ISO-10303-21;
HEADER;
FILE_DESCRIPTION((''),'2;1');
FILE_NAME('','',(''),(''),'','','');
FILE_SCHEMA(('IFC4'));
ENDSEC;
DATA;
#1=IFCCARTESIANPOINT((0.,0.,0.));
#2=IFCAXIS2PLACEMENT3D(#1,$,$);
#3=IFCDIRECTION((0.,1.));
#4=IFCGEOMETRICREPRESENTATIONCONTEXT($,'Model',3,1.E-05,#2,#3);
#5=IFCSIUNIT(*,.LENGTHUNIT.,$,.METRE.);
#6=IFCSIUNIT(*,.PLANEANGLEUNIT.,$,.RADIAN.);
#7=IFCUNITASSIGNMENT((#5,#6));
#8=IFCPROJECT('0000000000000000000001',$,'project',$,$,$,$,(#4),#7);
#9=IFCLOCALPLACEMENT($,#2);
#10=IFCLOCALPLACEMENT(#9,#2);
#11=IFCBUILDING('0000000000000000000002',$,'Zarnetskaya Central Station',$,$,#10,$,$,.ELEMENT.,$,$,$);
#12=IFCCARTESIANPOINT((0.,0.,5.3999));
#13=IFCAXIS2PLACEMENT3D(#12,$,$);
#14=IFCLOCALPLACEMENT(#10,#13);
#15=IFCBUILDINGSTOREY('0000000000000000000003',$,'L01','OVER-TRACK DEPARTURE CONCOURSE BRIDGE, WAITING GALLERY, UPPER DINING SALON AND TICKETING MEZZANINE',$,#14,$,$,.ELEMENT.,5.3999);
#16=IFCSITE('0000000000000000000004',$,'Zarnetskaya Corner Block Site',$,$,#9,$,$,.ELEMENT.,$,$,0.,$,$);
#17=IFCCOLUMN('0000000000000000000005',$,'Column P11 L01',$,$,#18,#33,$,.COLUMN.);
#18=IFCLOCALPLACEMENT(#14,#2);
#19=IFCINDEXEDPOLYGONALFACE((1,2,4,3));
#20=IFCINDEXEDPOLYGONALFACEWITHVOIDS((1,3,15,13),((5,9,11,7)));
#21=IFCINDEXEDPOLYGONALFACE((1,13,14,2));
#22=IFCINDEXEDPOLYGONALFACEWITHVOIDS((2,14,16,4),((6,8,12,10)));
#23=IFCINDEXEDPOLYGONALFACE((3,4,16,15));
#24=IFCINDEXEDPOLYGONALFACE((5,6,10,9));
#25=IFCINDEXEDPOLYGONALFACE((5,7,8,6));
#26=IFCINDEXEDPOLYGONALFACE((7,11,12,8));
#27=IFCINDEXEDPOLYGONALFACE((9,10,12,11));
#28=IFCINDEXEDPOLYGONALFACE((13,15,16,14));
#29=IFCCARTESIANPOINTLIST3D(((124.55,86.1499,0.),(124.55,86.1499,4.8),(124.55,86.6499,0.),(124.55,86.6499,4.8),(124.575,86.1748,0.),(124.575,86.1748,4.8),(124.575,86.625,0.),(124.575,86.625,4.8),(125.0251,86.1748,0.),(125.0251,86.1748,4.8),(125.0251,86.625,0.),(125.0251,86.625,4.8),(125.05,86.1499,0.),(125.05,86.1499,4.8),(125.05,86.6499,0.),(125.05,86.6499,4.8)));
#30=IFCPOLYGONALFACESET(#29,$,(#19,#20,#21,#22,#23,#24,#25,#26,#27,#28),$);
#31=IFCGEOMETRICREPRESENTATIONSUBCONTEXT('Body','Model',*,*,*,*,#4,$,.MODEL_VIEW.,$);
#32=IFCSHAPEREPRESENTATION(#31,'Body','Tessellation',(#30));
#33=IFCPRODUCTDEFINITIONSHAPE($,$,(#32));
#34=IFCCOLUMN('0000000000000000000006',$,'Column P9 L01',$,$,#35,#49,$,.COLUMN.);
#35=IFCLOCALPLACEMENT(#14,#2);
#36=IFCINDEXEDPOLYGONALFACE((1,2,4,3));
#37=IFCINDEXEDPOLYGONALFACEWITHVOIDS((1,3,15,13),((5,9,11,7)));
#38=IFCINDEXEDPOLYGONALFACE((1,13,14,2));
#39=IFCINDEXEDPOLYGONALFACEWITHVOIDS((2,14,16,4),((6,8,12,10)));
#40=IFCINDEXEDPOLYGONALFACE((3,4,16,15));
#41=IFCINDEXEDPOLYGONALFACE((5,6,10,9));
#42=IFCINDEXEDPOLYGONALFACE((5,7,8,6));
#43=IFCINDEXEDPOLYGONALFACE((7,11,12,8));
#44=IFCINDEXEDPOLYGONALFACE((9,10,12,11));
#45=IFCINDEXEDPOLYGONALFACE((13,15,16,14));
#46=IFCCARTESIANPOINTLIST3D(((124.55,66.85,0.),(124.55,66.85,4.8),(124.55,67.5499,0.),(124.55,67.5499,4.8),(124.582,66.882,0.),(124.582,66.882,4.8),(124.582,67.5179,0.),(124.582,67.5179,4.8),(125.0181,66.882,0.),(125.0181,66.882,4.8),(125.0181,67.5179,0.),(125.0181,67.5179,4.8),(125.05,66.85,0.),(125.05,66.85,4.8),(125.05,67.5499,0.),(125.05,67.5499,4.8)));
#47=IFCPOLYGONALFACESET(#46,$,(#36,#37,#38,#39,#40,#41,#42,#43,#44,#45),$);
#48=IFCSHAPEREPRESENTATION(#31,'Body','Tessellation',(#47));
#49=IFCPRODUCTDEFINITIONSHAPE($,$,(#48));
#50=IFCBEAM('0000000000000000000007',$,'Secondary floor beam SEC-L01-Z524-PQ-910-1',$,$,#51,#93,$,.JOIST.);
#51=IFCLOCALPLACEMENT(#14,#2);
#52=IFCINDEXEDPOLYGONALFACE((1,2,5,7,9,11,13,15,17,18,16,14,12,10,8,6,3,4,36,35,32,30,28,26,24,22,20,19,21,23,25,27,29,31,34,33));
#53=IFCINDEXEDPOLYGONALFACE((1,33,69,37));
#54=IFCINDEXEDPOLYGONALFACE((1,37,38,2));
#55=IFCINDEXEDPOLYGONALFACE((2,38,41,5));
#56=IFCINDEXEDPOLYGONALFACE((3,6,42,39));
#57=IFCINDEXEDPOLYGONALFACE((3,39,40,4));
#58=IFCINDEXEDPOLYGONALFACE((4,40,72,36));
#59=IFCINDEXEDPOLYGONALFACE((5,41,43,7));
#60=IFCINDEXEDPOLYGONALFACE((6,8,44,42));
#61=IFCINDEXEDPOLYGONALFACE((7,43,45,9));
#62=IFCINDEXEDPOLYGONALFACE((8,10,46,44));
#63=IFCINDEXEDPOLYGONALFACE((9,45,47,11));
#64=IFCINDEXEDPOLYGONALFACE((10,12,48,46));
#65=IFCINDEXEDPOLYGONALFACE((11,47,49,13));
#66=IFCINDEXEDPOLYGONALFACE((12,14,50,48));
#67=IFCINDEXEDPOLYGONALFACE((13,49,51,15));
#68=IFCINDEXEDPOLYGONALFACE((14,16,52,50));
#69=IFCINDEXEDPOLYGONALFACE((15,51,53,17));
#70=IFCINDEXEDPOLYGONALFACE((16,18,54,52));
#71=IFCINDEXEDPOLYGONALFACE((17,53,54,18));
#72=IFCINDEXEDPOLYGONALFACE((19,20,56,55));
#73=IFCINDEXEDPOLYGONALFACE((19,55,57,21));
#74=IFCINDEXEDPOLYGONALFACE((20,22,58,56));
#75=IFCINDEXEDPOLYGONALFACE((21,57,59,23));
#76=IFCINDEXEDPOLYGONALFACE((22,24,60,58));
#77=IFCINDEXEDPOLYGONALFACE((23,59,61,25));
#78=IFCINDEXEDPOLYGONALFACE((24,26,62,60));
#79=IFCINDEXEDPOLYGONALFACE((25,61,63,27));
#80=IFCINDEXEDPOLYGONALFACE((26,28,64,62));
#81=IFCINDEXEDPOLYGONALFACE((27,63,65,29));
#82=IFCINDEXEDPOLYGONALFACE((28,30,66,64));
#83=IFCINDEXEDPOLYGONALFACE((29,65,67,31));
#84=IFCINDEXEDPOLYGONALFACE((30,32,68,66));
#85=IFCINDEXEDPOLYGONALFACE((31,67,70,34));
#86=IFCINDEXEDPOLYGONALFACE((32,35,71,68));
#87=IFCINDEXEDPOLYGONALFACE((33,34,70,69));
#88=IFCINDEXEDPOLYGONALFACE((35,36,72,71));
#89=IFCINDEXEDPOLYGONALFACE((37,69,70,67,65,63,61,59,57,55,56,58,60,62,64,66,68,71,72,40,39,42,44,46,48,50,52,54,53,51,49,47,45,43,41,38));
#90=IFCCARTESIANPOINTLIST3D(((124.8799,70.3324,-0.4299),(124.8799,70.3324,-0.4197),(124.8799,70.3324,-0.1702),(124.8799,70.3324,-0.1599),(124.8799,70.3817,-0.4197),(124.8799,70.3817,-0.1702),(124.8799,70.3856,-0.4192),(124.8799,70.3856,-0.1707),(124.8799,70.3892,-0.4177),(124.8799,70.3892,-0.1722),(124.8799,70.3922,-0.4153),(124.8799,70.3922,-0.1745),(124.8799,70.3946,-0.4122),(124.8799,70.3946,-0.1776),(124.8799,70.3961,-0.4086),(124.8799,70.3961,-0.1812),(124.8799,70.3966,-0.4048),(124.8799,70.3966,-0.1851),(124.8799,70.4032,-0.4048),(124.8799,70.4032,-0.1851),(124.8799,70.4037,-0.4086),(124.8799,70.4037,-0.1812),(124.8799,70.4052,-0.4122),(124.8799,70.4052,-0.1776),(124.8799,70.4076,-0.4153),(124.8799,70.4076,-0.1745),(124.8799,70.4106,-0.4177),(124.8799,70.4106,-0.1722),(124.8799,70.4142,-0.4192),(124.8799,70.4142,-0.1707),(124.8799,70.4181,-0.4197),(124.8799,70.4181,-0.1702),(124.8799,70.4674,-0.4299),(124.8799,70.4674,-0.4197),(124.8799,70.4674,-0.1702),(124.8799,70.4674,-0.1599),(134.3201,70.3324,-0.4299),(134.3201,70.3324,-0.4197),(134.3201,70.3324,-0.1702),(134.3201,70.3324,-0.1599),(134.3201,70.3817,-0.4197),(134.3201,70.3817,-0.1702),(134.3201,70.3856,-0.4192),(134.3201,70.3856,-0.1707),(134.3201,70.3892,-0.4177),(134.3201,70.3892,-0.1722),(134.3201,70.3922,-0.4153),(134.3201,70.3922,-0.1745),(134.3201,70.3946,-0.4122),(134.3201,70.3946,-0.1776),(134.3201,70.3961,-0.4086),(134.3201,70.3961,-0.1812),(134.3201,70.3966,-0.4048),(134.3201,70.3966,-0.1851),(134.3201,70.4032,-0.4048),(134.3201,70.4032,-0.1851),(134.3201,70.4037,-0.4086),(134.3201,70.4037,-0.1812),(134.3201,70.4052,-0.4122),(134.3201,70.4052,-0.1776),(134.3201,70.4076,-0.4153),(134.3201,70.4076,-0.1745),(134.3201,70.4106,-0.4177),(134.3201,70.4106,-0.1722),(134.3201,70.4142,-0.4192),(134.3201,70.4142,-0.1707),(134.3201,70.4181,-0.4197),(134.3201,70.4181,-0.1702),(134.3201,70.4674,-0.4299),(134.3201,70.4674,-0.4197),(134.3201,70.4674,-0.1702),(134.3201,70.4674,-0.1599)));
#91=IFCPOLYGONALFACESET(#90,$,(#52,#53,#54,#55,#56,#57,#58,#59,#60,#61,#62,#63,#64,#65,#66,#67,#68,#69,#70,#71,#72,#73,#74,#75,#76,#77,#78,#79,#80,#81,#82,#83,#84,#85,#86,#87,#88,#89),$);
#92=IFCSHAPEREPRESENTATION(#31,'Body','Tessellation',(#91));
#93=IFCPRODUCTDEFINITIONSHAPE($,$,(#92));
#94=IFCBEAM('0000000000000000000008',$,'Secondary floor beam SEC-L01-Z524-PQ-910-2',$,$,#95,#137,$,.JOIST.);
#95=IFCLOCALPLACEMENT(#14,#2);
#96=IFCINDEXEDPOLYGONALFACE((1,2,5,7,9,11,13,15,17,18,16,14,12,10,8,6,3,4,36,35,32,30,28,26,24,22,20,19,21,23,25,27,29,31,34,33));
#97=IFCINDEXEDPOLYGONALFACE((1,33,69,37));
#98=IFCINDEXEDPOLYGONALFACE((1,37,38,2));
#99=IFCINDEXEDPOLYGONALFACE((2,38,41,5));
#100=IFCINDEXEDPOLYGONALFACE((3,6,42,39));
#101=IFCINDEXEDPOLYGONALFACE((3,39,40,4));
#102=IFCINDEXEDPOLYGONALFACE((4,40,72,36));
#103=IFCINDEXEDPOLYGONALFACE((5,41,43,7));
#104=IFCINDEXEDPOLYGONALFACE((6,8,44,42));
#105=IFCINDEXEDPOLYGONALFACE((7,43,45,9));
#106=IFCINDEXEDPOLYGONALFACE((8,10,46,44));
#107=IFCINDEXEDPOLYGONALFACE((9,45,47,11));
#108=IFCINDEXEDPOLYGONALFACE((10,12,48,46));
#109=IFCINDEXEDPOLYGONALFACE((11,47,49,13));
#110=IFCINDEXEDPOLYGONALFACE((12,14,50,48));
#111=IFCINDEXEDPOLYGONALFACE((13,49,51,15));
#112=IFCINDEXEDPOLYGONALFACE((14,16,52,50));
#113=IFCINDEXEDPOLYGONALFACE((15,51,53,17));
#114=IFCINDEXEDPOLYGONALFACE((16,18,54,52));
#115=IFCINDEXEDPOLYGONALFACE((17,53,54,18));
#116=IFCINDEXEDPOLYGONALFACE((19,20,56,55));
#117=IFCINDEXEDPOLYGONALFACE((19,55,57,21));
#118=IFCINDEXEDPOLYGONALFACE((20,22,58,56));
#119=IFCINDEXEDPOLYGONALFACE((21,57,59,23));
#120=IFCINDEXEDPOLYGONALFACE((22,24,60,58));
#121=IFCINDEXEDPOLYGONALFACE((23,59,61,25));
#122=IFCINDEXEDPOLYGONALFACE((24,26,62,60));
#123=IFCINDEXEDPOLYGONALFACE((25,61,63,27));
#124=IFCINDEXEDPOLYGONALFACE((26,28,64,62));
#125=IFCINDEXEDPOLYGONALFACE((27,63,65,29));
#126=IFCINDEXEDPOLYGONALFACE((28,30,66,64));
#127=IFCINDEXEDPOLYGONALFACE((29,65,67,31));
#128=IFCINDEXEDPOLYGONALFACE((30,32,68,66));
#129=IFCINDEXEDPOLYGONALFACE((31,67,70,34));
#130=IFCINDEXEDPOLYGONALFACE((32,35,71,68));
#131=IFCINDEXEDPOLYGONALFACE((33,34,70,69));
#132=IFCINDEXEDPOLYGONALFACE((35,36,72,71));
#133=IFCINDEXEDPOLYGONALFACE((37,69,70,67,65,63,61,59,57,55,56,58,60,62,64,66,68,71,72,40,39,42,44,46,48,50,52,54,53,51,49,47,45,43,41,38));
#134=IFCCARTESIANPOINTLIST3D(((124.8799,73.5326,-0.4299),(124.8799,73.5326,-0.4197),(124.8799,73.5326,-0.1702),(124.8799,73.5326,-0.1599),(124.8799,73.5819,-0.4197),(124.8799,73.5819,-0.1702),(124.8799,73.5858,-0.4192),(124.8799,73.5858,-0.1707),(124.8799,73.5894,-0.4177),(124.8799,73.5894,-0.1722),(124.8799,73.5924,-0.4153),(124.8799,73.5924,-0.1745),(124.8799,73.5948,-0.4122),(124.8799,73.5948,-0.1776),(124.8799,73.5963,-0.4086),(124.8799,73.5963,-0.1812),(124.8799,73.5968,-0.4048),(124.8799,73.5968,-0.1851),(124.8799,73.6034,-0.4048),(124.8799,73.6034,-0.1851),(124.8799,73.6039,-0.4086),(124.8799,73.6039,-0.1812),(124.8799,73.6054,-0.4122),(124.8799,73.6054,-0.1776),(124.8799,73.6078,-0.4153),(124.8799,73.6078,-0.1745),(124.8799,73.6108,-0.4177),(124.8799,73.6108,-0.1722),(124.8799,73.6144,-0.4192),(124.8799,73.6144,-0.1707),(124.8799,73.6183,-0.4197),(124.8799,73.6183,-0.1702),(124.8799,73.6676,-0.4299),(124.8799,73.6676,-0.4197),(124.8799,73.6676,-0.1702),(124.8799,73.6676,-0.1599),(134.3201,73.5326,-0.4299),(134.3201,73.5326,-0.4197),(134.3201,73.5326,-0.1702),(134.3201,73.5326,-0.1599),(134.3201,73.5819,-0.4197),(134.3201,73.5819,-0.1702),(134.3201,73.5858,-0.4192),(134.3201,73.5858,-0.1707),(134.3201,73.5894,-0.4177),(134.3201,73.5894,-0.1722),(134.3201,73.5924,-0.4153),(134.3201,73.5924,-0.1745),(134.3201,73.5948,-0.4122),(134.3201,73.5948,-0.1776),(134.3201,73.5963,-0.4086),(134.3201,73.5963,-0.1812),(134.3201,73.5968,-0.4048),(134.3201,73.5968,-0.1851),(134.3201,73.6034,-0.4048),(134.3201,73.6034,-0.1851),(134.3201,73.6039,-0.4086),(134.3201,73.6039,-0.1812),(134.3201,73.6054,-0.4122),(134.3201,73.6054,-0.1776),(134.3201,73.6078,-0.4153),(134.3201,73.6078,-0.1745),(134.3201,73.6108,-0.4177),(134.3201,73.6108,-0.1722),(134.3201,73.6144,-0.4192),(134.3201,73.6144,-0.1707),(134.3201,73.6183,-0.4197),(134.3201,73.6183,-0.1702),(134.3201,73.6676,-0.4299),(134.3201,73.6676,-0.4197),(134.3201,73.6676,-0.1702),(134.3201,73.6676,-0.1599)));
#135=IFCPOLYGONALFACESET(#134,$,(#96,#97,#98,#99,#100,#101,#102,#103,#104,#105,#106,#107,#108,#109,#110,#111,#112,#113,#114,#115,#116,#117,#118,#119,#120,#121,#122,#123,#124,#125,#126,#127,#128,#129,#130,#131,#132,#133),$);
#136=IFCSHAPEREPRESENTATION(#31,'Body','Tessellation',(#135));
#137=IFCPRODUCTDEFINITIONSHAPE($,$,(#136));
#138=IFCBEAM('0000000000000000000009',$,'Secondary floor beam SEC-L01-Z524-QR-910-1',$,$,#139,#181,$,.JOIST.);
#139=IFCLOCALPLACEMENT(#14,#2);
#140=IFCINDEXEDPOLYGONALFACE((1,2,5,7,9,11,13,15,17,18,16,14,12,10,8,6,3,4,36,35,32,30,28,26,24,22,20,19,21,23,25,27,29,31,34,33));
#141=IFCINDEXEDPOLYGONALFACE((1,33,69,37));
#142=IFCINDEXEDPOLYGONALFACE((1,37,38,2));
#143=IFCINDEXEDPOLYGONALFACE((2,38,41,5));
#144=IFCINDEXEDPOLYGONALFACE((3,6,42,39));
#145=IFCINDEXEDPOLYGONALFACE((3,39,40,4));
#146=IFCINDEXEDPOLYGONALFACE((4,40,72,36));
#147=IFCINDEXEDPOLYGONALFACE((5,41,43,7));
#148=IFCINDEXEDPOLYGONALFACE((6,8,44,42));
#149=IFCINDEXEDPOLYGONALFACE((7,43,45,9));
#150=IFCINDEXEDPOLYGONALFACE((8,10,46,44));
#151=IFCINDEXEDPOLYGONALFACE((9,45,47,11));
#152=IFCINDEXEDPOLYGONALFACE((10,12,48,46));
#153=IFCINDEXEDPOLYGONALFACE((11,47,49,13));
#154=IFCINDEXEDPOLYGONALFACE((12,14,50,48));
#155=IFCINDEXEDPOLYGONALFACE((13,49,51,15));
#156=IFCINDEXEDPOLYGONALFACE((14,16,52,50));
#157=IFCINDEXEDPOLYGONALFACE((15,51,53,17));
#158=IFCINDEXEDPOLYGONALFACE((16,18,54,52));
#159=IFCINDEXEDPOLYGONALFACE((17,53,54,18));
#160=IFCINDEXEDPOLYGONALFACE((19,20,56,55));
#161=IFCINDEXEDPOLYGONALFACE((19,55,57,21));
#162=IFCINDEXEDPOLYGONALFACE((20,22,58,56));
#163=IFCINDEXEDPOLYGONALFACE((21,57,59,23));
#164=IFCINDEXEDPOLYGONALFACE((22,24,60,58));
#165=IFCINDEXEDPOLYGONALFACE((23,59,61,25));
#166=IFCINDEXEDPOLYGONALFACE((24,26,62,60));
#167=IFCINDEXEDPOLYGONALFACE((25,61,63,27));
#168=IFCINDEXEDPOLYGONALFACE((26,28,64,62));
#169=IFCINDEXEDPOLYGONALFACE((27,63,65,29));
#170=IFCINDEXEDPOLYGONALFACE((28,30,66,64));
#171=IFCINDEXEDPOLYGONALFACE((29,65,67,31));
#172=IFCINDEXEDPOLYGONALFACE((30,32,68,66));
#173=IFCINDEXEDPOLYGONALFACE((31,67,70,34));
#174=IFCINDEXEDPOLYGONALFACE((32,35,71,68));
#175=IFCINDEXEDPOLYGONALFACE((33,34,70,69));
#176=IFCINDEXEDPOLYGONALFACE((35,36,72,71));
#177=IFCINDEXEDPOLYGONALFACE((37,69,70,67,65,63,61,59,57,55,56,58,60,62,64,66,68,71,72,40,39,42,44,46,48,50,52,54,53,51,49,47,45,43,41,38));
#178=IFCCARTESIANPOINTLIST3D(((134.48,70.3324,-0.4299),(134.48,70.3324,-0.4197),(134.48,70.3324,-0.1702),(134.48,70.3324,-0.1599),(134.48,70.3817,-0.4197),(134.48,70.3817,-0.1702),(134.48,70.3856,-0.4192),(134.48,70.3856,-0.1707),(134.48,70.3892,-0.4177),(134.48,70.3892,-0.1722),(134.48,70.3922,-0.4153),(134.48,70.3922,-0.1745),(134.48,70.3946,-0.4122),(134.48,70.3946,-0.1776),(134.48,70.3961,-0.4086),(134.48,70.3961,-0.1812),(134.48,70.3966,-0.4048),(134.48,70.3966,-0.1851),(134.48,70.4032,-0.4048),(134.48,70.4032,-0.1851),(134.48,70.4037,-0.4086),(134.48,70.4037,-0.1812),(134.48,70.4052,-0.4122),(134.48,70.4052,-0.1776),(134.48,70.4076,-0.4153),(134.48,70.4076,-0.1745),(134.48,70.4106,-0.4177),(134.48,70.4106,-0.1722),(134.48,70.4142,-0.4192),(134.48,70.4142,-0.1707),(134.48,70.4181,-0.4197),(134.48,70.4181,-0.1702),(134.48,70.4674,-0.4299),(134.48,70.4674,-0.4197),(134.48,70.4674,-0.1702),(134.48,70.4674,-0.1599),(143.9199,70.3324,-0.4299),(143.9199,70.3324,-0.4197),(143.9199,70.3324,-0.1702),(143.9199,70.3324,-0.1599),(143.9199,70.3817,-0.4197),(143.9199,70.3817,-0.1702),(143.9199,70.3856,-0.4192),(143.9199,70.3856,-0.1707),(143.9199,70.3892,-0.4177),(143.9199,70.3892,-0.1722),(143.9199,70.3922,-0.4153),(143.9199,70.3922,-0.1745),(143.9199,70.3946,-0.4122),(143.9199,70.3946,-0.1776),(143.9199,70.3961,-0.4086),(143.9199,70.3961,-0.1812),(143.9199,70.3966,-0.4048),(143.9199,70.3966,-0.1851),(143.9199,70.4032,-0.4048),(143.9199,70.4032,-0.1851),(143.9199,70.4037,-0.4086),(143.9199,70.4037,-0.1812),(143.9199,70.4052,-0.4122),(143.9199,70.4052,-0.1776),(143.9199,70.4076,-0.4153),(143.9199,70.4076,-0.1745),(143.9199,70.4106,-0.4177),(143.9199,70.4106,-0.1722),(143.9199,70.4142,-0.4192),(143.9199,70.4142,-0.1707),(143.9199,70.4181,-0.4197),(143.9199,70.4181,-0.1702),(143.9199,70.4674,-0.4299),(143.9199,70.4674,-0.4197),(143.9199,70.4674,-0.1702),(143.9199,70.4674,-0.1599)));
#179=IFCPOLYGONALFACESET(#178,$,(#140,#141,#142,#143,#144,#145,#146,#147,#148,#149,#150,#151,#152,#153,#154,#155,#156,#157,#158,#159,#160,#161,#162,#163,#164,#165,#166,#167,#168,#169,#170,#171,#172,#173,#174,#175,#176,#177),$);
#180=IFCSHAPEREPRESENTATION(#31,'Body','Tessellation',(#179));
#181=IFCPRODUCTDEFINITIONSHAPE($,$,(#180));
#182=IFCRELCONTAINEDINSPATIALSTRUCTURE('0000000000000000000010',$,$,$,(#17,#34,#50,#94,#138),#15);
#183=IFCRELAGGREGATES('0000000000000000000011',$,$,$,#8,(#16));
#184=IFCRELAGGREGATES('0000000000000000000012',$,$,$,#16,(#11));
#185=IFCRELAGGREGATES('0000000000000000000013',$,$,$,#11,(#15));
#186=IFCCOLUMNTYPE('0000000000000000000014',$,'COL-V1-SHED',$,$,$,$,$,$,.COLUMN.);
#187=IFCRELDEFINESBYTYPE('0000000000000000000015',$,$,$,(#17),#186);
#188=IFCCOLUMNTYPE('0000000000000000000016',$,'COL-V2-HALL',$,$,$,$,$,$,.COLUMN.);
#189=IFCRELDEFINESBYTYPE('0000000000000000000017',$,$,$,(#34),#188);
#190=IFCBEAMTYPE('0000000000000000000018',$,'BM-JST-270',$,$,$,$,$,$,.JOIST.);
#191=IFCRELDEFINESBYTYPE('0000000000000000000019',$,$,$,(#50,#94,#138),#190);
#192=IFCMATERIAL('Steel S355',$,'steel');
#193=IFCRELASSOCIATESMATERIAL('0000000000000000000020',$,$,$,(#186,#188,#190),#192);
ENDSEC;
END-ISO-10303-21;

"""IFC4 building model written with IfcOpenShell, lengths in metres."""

from ifc_helpers import new_model, si_unit, direction, frame, origin, origin_2d, place, context, subcontext, project, spatial, hollow_rectangle, i_section, extrude, material, material_profile, profile_set, type_object, element, save


model = new_model("IFC4")

# Units and contexts
model_context = context("Model", 3, precision=1e-05, world=origin(), true_north=direction((0.0, 1.0)))
body_context = subcontext(model_context, "Body", "Model", "MODEL_VIEW")
ifc_project = project(units=[si_unit("LENGTHUNIT", "METRE"), si_unit("PLANEANGLEUNIT", "RADIAN")], contexts=[model_context])

# Site, building, storey
site_placement = place(None, origin())
site = spatial("IfcSite", under=ifc_project, at=site_placement, Name="Zarnetskaya Corner Block Site", CompositionType="ELEMENT", RefElevation=0.0)
building_placement = place(site_placement, origin())
building = spatial("IfcBuilding", under=site, at=building_placement, Name="Zarnetskaya Central Station", CompositionType="ELEMENT")
storey_placement = place(building_placement, frame((0.0, 0.0, 5.3999)))
storey = spatial("IfcBuildingStorey", under=building, at=storey_placement, Name="L01", Description="OVER-TRACK DEPARTURE CONCOURSE BRIDGE, WAITING GALLERY, UPPER DINING SALON AND TICKETING MEZZANINE", CompositionType="ELEMENT", Elevation=5.3999)

# Columns
ifc_material_1 = material(Name="Steel S355", Category="steel")
ifc_material_profile_1 = material_profile(ifc_material_1, hollow_rectangle(XDim=0.5, YDim=0.5, WallThickness=0.0249, at=origin_2d()), Name="BOX 500x500x25")
ifc_profile_set_1 = profile_set([ifc_material_profile_1], Name="Steel S355")
column_type_1 = type_object("IfcColumnType", Name="COL-V1-SHED", PredefinedType="COLUMN", material=ifc_profile_set_1)
column_1_placement = place(storey_placement, frame((124.8, 86.3999, 0.0), z_axis=(0.0, 0.0, 1.0), x_axis=(1.0, 0.0, 0.0)))
element("IfcColumn", 1, at=column_1_placement, inside=storey, type_object=column_type_1, Name="Column P11 L01", PredefinedType="COLUMN", context=body_context, shape_type="SweptSolid", body=[
    extrude(hollow_rectangle(XDim=0.5, YDim=0.5, WallThickness=0.0249, at=origin_2d()), origin(), (0.0, 0.0, 1.0), 4.8),
])
ifc_material_profile_2 = material_profile(ifc_material_1, hollow_rectangle(XDim=0.5, YDim=0.7, WallThickness=0.032, at=origin_2d()), Name="BOX 700x500x32")
ifc_profile_set_2 = profile_set([ifc_material_profile_2], Name="Steel S355")
column_type_2 = type_object("IfcColumnType", Name="COL-V2-HALL", PredefinedType="COLUMN", material=ifc_profile_set_2)
column_2_placement = place(storey_placement, frame((124.8, 67.2, 0.0), z_axis=(0.0, 0.0, 1.0), x_axis=(1.0, 0.0, 0.0)))
element("IfcColumn", 2, at=column_2_placement, inside=storey, type_object=column_type_2, Name="Column P9 L01", PredefinedType="COLUMN", context=body_context, shape_type="SweptSolid", body=[
    extrude(hollow_rectangle(XDim=0.5, YDim=0.7, WallThickness=0.032, at=origin_2d()), origin(), (0.0, 0.0, 1.0), 4.8),
])

# Beams
ifc_material_profile_3 = material_profile(ifc_material_1, i_section(OverallWidth=0.135, OverallDepth=0.27, WebThickness=0.0066, FlangeThickness=0.0103, FilletRadius=0.0149, at=origin_2d()), Name="IPE 270")
ifc_profile_set_3 = profile_set([ifc_material_profile_3], Name="Steel S355")
beam_type_1 = type_object("IfcBeamType", Name="BM-JST-270", PredefinedType="JOIST", material=ifc_profile_set_3)
for number, where, z_axis, x_axis, name in (
    (3, (124.8799, 70.3999, -0.2949), (1.0, 0.0, 0.0), (0.0, 1.0, 0.0), "Secondary floor beam SEC-L01-Z524-PQ-910-1"),
    (4, (124.8799, 73.6001, -0.2949), (1.0, 0.0, 0.0), (0.0, 1.0, 0.0), "Secondary floor beam SEC-L01-Z524-PQ-910-2"),
):
    element("IfcBeam", number, at=place(storey_placement, frame(where, z_axis=z_axis, x_axis=x_axis)), inside=storey, type_object=beam_type_1, Name=name, PredefinedType="JOIST", context=body_context, shape_type="SweptSolid", body=[
        extrude(i_section(OverallWidth=0.135, OverallDepth=0.27, WebThickness=0.0066, FlangeThickness=0.0103, FilletRadius=0.0149, at=origin_2d()), origin(), (0.0, 0.0, 1.0), 9.4402),
    ])
for number, where, z_axis, x_axis, name in (
    (5, (134.48, 70.3999, -0.2949), (1.0, 0.0, 0.0), (0.0, 1.0, 0.0), "Secondary floor beam SEC-L01-Z524-QR-910-1"),
):
    element("IfcBeam", number, at=place(storey_placement, frame(where, z_axis=z_axis, x_axis=x_axis)), inside=storey, type_object=beam_type_1, Name=name, PredefinedType="JOIST", context=body_context, shape_type="SweptSolid", body=[
        extrude(i_section(OverallWidth=0.135, OverallDepth=0.27, WebThickness=0.0066, FlangeThickness=0.0103, FilletRadius=0.0149, at=origin_2d()), origin(), (0.0, 0.0, 1.0), 9.4399),
    ])

save(model, "model.ifc")
